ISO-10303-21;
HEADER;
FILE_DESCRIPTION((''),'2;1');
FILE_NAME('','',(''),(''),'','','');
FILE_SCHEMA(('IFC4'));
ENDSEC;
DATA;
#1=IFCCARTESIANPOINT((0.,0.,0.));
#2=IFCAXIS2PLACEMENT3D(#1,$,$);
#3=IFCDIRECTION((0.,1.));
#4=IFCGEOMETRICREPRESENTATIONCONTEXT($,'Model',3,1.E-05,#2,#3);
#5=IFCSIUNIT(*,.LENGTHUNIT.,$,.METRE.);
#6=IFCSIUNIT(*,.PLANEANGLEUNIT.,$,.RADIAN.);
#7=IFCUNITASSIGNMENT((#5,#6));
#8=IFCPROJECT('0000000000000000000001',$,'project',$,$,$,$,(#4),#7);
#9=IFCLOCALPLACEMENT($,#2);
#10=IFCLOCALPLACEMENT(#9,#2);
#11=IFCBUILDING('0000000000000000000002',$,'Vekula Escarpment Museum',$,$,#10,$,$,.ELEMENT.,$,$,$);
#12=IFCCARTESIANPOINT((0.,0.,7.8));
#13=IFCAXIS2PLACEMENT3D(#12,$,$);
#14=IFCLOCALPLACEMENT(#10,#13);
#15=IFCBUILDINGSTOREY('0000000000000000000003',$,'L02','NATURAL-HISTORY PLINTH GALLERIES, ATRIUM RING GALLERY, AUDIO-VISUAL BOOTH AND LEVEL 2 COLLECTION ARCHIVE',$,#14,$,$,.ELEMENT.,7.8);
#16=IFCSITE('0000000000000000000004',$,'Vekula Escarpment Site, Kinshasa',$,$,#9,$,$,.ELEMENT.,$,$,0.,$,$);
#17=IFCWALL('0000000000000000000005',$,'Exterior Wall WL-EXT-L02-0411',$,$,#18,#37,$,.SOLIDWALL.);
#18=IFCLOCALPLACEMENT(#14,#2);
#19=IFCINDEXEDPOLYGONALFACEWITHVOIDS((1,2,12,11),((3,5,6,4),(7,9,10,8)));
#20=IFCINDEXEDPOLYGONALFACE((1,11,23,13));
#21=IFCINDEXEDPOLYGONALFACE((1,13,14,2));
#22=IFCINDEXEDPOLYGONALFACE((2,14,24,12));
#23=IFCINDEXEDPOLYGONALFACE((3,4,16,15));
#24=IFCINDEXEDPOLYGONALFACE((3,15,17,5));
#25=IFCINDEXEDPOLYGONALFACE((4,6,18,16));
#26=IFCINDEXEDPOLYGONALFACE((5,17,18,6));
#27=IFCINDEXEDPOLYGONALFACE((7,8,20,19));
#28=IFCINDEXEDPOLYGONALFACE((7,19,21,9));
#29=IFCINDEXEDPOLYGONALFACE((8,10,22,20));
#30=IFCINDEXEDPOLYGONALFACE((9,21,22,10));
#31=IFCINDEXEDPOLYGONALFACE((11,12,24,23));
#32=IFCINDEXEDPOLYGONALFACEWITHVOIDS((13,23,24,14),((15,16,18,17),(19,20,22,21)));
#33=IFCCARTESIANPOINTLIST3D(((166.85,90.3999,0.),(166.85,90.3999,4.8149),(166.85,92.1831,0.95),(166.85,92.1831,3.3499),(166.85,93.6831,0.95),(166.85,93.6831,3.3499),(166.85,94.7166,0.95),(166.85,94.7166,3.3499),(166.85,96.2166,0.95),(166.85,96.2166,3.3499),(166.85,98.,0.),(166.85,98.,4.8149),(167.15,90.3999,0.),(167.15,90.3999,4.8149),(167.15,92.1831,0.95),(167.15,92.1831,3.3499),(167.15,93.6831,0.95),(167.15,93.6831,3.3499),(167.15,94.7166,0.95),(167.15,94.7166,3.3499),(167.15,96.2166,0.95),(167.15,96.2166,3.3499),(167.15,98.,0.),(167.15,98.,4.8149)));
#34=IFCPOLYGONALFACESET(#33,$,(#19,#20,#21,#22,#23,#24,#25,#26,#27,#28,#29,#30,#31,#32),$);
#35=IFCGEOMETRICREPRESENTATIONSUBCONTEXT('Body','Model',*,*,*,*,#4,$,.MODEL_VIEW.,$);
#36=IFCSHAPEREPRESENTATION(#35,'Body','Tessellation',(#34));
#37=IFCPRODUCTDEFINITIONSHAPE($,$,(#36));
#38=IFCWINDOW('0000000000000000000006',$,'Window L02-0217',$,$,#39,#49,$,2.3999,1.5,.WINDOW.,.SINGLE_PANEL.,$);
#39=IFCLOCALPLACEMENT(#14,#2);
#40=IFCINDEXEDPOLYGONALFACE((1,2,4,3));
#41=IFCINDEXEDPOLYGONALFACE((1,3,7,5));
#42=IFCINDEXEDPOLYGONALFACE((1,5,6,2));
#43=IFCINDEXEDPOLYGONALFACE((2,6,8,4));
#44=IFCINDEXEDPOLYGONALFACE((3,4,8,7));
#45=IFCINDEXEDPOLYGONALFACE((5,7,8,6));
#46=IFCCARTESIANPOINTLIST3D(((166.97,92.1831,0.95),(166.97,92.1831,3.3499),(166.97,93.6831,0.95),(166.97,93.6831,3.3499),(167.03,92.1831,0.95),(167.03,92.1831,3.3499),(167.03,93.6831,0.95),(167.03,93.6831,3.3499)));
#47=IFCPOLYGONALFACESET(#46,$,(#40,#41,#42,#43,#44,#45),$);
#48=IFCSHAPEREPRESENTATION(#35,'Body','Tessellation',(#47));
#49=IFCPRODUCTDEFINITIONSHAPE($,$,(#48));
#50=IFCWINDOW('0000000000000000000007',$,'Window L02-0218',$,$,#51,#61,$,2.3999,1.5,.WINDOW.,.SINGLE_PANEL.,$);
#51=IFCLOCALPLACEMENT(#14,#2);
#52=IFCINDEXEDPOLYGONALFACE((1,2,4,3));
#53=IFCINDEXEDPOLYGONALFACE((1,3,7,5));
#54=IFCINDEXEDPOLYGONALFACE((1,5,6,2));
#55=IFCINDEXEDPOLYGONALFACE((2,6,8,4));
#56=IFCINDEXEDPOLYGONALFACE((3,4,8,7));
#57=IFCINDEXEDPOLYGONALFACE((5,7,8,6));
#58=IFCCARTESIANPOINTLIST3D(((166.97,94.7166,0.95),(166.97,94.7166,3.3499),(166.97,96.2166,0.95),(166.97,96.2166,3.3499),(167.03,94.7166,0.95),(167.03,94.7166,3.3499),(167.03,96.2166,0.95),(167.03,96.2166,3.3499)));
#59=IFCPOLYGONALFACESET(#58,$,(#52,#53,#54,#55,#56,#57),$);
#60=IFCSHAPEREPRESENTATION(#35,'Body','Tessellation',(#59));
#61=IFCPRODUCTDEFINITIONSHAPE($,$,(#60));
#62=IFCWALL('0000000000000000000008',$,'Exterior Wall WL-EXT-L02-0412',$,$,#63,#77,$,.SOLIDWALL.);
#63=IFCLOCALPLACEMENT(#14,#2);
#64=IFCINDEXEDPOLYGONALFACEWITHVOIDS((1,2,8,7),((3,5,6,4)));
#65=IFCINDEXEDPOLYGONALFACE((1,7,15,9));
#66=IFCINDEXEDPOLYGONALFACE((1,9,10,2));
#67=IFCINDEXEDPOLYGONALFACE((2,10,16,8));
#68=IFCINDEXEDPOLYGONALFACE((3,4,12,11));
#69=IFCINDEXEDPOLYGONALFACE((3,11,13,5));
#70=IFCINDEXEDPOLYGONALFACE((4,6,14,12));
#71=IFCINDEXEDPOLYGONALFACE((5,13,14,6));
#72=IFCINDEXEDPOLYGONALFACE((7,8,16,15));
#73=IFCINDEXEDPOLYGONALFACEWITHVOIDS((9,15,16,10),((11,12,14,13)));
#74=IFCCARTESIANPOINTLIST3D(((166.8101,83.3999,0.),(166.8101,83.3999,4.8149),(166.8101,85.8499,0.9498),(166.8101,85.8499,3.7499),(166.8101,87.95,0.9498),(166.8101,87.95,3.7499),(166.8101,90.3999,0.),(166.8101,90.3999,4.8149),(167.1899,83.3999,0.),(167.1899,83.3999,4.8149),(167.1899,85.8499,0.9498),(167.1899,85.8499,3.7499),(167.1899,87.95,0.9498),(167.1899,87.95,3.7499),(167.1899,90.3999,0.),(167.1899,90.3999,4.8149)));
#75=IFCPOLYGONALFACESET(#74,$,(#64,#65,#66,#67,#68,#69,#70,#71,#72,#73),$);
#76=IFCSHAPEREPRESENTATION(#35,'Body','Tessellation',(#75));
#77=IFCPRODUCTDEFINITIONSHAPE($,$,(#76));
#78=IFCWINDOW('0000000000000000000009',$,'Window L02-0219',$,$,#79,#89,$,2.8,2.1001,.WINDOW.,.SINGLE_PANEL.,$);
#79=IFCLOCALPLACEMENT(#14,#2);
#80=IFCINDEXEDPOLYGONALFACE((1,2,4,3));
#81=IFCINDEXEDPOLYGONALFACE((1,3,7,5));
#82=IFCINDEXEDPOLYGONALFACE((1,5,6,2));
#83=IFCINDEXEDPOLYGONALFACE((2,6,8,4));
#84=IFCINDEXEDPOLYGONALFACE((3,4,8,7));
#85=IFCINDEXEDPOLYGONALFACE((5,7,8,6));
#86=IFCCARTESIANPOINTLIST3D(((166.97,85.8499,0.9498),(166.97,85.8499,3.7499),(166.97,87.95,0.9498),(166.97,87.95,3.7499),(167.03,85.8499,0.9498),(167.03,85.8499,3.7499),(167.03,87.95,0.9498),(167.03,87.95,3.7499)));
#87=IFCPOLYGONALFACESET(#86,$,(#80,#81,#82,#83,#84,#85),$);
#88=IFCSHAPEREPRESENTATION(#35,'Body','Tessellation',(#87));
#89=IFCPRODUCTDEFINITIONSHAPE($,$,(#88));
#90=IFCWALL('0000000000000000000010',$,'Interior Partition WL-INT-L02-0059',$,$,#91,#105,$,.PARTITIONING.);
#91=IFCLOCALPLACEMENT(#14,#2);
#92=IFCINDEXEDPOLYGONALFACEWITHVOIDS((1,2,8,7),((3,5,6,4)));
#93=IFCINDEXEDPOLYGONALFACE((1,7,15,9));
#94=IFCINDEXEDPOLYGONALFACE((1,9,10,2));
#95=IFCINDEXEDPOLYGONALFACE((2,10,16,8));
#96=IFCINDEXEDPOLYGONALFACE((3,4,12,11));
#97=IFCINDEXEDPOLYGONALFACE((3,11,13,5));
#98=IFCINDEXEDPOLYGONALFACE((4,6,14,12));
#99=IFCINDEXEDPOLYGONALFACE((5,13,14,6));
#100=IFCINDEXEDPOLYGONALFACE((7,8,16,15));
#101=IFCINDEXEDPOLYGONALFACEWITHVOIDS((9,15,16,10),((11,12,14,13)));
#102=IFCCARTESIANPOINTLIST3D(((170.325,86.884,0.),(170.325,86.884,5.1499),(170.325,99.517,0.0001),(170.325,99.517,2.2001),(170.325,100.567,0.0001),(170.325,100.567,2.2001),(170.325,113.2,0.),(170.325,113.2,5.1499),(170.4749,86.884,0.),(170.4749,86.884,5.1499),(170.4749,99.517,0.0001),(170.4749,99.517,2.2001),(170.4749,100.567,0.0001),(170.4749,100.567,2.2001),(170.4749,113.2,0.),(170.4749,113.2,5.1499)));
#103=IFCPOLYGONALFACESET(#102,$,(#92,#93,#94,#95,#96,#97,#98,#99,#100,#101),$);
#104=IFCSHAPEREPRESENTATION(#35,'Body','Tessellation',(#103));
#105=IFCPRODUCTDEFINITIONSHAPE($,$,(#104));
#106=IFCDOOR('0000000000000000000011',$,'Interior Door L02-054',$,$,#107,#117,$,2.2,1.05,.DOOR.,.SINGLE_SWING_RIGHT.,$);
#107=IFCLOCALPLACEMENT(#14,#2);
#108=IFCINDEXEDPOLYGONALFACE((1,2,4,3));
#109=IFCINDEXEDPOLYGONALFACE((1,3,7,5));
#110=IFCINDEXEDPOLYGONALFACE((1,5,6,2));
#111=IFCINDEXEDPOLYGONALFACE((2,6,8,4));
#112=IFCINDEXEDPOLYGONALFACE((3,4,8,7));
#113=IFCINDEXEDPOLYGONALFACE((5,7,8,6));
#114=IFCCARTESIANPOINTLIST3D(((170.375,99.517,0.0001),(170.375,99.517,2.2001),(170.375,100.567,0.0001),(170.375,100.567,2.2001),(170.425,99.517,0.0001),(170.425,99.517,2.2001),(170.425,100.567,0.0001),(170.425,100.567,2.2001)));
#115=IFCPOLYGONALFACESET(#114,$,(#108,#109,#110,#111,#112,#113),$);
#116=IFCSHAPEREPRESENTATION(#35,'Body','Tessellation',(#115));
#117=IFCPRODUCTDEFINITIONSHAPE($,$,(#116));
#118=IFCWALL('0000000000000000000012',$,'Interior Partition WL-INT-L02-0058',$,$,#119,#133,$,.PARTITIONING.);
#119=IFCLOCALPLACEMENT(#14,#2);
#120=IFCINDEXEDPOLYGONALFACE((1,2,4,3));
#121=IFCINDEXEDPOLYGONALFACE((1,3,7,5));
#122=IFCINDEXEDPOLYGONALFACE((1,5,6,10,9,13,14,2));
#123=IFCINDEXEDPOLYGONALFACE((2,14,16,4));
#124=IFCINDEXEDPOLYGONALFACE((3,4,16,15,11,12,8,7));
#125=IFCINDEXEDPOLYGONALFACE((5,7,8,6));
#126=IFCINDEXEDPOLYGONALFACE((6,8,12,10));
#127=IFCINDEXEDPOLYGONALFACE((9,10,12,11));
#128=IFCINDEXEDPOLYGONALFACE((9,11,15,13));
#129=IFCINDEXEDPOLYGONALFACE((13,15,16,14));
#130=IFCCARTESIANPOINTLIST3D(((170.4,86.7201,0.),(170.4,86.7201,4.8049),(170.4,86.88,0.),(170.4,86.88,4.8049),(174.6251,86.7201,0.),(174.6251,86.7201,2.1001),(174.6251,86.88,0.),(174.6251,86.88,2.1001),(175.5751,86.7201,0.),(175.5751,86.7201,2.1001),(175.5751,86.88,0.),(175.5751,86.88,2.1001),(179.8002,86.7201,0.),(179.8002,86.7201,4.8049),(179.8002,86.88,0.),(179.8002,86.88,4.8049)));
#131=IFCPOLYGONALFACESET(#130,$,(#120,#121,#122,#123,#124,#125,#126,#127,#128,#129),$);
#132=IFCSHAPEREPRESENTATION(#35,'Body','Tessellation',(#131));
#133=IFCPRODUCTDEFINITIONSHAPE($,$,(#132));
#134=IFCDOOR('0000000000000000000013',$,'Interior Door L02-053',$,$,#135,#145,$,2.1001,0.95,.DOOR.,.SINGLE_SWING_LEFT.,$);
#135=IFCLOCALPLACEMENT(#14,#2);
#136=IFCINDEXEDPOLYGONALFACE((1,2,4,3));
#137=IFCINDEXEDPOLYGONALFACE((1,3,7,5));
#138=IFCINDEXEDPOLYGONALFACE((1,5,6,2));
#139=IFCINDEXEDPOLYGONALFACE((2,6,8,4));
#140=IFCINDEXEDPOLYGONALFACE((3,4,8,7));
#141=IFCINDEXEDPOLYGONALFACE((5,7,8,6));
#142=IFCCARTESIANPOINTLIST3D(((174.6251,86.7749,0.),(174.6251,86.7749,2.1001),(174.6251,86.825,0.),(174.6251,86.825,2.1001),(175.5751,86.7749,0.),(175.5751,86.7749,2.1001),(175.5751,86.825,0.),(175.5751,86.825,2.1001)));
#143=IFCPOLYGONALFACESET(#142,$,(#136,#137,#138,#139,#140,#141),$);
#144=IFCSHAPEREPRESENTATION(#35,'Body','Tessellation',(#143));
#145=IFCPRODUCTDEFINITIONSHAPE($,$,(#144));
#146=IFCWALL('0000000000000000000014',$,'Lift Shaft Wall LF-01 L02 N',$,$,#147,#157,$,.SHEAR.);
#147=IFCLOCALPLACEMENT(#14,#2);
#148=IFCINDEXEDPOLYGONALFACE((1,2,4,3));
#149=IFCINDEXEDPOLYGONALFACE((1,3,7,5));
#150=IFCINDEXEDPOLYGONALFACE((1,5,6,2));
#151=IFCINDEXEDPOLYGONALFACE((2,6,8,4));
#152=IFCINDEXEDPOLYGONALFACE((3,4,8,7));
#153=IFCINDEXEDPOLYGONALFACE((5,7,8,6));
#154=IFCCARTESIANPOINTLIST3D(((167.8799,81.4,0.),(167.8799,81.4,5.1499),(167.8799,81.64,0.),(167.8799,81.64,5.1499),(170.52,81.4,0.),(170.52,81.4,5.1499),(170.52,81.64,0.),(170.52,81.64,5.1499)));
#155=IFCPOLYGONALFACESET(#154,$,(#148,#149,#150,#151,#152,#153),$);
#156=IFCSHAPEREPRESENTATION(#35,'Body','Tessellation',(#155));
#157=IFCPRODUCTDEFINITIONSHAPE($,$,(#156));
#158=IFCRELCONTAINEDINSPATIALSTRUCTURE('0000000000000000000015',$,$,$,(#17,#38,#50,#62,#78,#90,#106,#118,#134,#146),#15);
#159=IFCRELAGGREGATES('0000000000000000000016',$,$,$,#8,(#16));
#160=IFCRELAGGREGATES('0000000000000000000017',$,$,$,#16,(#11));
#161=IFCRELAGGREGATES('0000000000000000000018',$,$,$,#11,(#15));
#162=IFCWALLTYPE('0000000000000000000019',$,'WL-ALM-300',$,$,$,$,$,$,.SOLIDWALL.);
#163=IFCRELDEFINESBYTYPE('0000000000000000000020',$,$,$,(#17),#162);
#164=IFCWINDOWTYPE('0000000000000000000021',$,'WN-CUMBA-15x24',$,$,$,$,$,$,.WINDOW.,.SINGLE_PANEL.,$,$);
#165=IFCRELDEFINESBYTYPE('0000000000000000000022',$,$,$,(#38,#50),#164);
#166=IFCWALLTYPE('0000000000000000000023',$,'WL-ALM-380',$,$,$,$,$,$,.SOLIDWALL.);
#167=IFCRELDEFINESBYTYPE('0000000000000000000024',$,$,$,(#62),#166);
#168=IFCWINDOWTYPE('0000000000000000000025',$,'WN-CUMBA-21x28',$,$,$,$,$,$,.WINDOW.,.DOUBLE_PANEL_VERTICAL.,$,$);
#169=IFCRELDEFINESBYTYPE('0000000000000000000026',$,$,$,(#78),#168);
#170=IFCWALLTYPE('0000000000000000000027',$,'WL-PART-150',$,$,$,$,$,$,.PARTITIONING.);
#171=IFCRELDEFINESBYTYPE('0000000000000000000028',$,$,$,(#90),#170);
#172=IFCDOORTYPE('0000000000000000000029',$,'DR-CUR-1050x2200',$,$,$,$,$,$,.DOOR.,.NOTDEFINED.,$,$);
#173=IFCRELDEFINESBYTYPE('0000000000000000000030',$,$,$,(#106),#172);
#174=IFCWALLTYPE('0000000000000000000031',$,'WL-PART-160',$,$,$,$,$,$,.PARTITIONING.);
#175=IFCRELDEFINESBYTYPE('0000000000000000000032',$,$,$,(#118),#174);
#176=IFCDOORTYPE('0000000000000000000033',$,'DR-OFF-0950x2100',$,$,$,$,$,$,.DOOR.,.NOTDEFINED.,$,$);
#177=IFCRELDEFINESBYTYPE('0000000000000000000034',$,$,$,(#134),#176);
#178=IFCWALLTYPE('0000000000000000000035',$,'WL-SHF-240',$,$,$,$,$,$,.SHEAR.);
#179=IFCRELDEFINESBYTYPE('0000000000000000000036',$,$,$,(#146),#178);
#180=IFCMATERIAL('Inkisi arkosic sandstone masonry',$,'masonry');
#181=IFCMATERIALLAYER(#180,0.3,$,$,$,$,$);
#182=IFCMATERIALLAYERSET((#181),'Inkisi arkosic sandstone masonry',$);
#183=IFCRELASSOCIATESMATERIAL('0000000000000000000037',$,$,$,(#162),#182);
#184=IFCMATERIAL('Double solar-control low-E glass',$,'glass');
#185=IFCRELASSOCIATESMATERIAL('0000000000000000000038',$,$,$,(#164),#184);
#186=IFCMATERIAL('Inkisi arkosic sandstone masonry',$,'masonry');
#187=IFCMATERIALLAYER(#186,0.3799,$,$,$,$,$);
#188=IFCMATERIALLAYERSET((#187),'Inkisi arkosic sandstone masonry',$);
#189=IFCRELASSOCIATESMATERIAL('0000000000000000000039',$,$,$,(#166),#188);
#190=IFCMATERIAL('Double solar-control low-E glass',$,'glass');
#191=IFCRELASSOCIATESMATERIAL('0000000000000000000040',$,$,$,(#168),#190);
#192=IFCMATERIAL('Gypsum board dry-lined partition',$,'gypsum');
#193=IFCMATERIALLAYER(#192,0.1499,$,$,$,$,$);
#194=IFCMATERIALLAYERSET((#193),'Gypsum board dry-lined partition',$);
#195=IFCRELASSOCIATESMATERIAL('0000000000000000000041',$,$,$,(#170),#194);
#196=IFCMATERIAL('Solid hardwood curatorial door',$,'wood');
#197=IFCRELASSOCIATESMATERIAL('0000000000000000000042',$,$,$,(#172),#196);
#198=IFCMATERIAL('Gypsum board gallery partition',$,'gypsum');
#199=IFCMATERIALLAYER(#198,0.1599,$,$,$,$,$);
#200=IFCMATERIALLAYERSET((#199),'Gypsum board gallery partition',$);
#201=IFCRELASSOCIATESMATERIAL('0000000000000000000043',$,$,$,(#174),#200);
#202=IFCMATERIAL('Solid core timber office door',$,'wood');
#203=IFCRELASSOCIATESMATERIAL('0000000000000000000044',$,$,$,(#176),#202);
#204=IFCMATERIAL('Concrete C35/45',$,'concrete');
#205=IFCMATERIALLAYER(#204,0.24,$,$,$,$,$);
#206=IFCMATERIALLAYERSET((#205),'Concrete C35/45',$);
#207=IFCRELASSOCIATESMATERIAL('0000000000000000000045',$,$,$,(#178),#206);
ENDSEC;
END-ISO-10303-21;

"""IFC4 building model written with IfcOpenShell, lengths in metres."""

from ifc_helpers import new_model, si_unit, direction, frame, frame_2d, origin, place, context, subcontext, project, spatial, rectangle, extrude, material, layer, layer_set, type_object, element, fill, save


model = new_model("IFC4")

# Units and contexts
model_context = context("Model", 3, precision=1e-05, world=origin(), true_north=direction((0.0, 1.0)))
body_context = subcontext(model_context, "Body", "Model", "MODEL_VIEW")
ifc_project = project(units=[si_unit("LENGTHUNIT", "METRE"), si_unit("PLANEANGLEUNIT", "RADIAN")], contexts=[model_context])

# Site, building, storey
site_placement = place(None, origin())
site = spatial("IfcSite", under=ifc_project, at=site_placement, Name="Vekula Escarpment Site, Kinshasa", CompositionType="ELEMENT", RefElevation=0.0)
building_placement = place(site_placement, origin())
building = spatial("IfcBuilding", under=site, at=building_placement, Name="Vekula Escarpment Museum", CompositionType="ELEMENT")
storey_placement = place(building_placement, frame((0.0, 0.0, 7.8)))
storey = spatial("IfcBuildingStorey", under=building, at=storey_placement, Name="L02", Description="NATURAL-HISTORY PLINTH GALLERIES, ATRIUM RING GALLERY, AUDIO-VISUAL BOOTH AND LEVEL 2 COLLECTION ARCHIVE", CompositionType="ELEMENT", Elevation=7.8)

# Wall, openings, windows
ifc_material_1 = material(Name="Inkisi arkosic sandstone masonry", Category="masonry")
ifc_layer_1 = layer(ifc_material_1, 0.3)
ifc_layer_set_1 = layer_set([ifc_layer_1], Name="Inkisi arkosic sandstone masonry")
wall_type_1 = type_object("IfcWallType", Name="WL-ALM-300", PredefinedType="SOLIDWALL", material=ifc_layer_set_1)
wall_1_placement = place(storey_placement, frame((167.0, 90.3999, 0.0), z_axis=(0.0, 0.0, 1.0), x_axis=(0.0, 1.0, 0.0)))
wall_1 = element("IfcWall", 1, at=wall_1_placement, inside=storey, type_object=wall_type_1, Name="Exterior Wall WL-EXT-L02-0411", PredefinedType="SOLIDWALL", context=body_context, shape_type="SweptSolid", body=[
    extrude(rectangle(XDim=7.6001, YDim=0.3, at=frame_2d((3.8, 0.0))), origin(), (0.0, 0.0, 1.0), 4.8149),
])
opening_1_placement = place(wall_1_placement, frame((1.7832, 0.0, 0.95)))
opening_1 = element("IfcOpeningElement", 2, at=opening_1_placement, cuts=wall_1, PredefinedType="OPENING", context=body_context, shape_type="SweptSolid", body=[
    extrude(rectangle(XDim=1.5, YDim=2.3999, at=frame_2d((0.75, 1.2))), frame((0.0, 0.1599, 0.0), z_axis=(0.0, -1.0, 0.0), x_axis=(1.0, 0.0, 0.0)), (0.0, 0.0, 1.0), 0.3201),
])
opening_2_placement = place(wall_1_placement, frame((4.3167, 0.0, 0.95)))
opening_2 = element("IfcOpeningElement", 3, at=opening_2_placement, cuts=wall_1, PredefinedType="OPENING", context=body_context, shape_type="SweptSolid", body=[
    extrude(rectangle(XDim=1.5, YDim=2.3999, at=frame_2d((0.75, 1.2))), frame((0.0, 0.1599, 0.0), z_axis=(0.0, -1.0, 0.0), x_axis=(1.0, 0.0, 0.0)), (0.0, 0.0, 1.0), 0.3201),
])
ifc_material_2 = material(Name="Double solar-control low-E glass", Category="glass")
window_type_1 = type_object("IfcWindowType", Name="WN-CUMBA-15x24", PartitioningType="SINGLE_PANEL", PredefinedType="WINDOW", material=ifc_material_2)
window_1_placement = place(opening_1_placement, origin())
window_1 = element("IfcWindow", 4, at=window_1_placement, inside=storey, type_object=window_type_1, Name="Window L02-0217", OverallHeight=2.3999, OverallWidth=1.5, PartitioningType="SINGLE_PANEL", PredefinedType="WINDOW", context=body_context, shape_type="SweptSolid", body=[
    extrude(rectangle(XDim=1.5, YDim=2.3999, at=frame_2d((0.75, 1.2))), frame((0.0, 0.03, 0.0), z_axis=(0.0, -1.0, 0.0), x_axis=(1.0, 0.0, 0.0)), (0.0, 0.0, 1.0), 0.0601),
])
fill(opening_1, window_1)
window_2_placement = place(opening_2_placement, origin())
window_2 = element("IfcWindow", 5, at=window_2_placement, inside=storey, type_object=window_type_1, Name="Window L02-0218", OverallHeight=2.3999, OverallWidth=1.5, PartitioningType="SINGLE_PANEL", PredefinedType="WINDOW", context=body_context, shape_type="SweptSolid", body=[
    extrude(rectangle(XDim=1.5, YDim=2.3999, at=frame_2d((0.75, 1.2))), frame((0.0, 0.03, 0.0), z_axis=(0.0, -1.0, 0.0), x_axis=(1.0, 0.0, 0.0)), (0.0, 0.0, 1.0), 0.0601),
])
fill(opening_2, window_2)

# Wall, opening, window
ifc_material_3 = material(Name="Inkisi arkosic sandstone masonry", Category="masonry")
ifc_layer_2 = layer(ifc_material_3, 0.3799)
ifc_layer_set_2 = layer_set([ifc_layer_2], Name="Inkisi arkosic sandstone masonry")
wall_type_2 = type_object("IfcWallType", Name="WL-ALM-380", PredefinedType="SOLIDWALL", material=ifc_layer_set_2)
wall_2_placement = place(storey_placement, frame((167.0, 83.3999, 0.0), z_axis=(0.0, 0.0, 1.0), x_axis=(0.0, 1.0, 0.0)))
wall_2 = element("IfcWall", 6, at=wall_2_placement, inside=storey, type_object=wall_type_2, Name="Exterior Wall WL-EXT-L02-0412", PredefinedType="SOLIDWALL", context=body_context, shape_type="SweptSolid", body=[
    extrude(rectangle(XDim=7.0, YDim=0.3799, at=frame_2d((3.5, 0.0))), origin(), (0.0, 0.0, 1.0), 4.8149),
])
opening_3_placement = place(wall_2_placement, frame((2.45, 0.0, 0.95)))
opening_3 = element("IfcOpeningElement", 7, at=opening_3_placement, cuts=wall_2, PredefinedType="OPENING", context=body_context, shape_type="SweptSolid", body=[
    extrude(rectangle(XDim=2.1001, YDim=2.8, at=frame_2d((1.05, 1.3999))), frame((0.0, 0.2, 0.0), z_axis=(0.0, -1.0, 0.0), x_axis=(1.0, 0.0, 0.0)), (0.0, 0.0, 1.0), 0.3999),
])
ifc_material_4 = material(Name="Double solar-control low-E glass", Category="glass")
window_type_2 = type_object("IfcWindowType", Name="WN-CUMBA-21x28", PartitioningType="DOUBLE_PANEL_VERTICAL", PredefinedType="WINDOW", material=ifc_material_4)
window_3_placement = place(opening_3_placement, origin())
window_3 = element("IfcWindow", 8, at=window_3_placement, inside=storey, type_object=window_type_2, Name="Window L02-0219", OverallHeight=2.8, OverallWidth=2.1001, PartitioningType="SINGLE_PANEL", PredefinedType="WINDOW", context=body_context, shape_type="SweptSolid", body=[
    extrude(rectangle(XDim=2.1001, YDim=2.8, at=frame_2d((1.05, 1.3999))), frame((0.0, 0.03, 0.0), z_axis=(0.0, -1.0, 0.0), x_axis=(1.0, 0.0, 0.0)), (0.0, 0.0, 1.0), 0.0601),
])
fill(opening_3, window_3)

# Walls, openings, doors
ifc_material_5 = material(Name="Gypsum board dry-lined partition", Category="gypsum")
ifc_layer_3 = layer(ifc_material_5, 0.1499)
ifc_layer_set_3 = layer_set([ifc_layer_3], Name="Gypsum board dry-lined partition")
wall_type_3 = type_object("IfcWallType", Name="WL-PART-150", PredefinedType="PARTITIONING", material=ifc_layer_set_3)
wall_3_placement = place(storey_placement, frame((170.3999, 86.884, 0.0), z_axis=(0.0, 0.0, 1.0), x_axis=(0.0, 1.0, 0.0)))
wall_3 = element("IfcWall", 9, at=wall_3_placement, inside=storey, type_object=wall_type_3, Name="Interior Partition WL-INT-L02-0059", PredefinedType="PARTITIONING", context=body_context, shape_type="SweptSolid", body=[
    extrude(rectangle(XDim=26.3159, YDim=0.1499, at=frame_2d((13.158, 0.0))), origin(), (0.0, 0.0, 1.0), 5.1499),
])
opening_4_placement = place(wall_3_placement, frame((12.6331, 0.0, 0.0)))
opening_4 = element("IfcOpeningElement", 10, at=opening_4_placement, cuts=wall_3, PredefinedType="OPENING", context=body_context, shape_type="SweptSolid", body=[
    extrude(rectangle(XDim=1.05, YDim=2.2, at=frame_2d((0.5249, 1.1001))), frame((0.0, 0.085, 0.0), z_axis=(0.0, -1.0, 0.0), x_axis=(1.0, 0.0, 0.0)), (0.0, 0.0, 1.0), 0.1699),
])
ifc_material_6 = material(Name="Solid hardwood curatorial door", Category="wood")
door_type_1 = type_object("IfcDoorType", Name="DR-CUR-1050x2200", OperationType="NOTDEFINED", PredefinedType="DOOR", material=ifc_material_6)
door_1_placement = place(opening_4_placement, origin())
door_1 = element("IfcDoor", 11, at=door_1_placement, inside=storey, type_object=door_type_1, Name="Interior Door L02-054", OperationType="SINGLE_SWING_RIGHT", OverallHeight=2.2, OverallWidth=1.05, PredefinedType="DOOR", context=body_context, shape_type="SweptSolid", body=[
    extrude(rectangle(XDim=1.05, YDim=2.2, at=frame_2d((0.5249, 1.1001))), frame((0.0, 0.0249, 0.0), z_axis=(0.0, -1.0, 0.0), x_axis=(1.0, 0.0, 0.0)), (0.0, 0.0, 1.0), 0.05),
])
fill(opening_4, door_1)
ifc_material_7 = material(Name="Gypsum board gallery partition", Category="gypsum")
ifc_layer_4 = layer(ifc_material_7, 0.1599)
ifc_layer_set_4 = layer_set([ifc_layer_4], Name="Gypsum board gallery partition")
wall_type_4 = type_object("IfcWallType", Name="WL-PART-160", PredefinedType="PARTITIONING", material=ifc_layer_set_4)
wall_4_placement = place(storey_placement, frame((170.3999, 86.8, 0.0), z_axis=(0.0, 0.0, 1.0), x_axis=(1.0, 0.0, 0.0)))
wall_4 = element("IfcWall", 12, at=wall_4_placement, inside=storey, type_object=wall_type_4, Name="Interior Partition WL-INT-L02-0058", PredefinedType="PARTITIONING", context=body_context, shape_type="SweptSolid", body=[
    extrude(rectangle(XDim=9.4001, YDim=0.1599, at=frame_2d((4.7002, 0.0))), origin(), (0.0, 0.0, 1.0), 4.8049),
])
opening_5_placement = place(wall_4_placement, frame((4.2251, 0.0, 0.0)))
opening_5 = element("IfcOpeningElement", 13, at=opening_5_placement, cuts=wall_4, PredefinedType="OPENING", context=body_context, shape_type="SweptSolid", body=[
    extrude(rectangle(XDim=0.95, YDim=2.1001, at=frame_2d((0.4751, 1.05))), frame((0.0, 0.0898, 0.0), z_axis=(0.0, -1.0, 0.0), x_axis=(1.0, 0.0, 0.0)), (0.0, 0.0, 1.0), 0.1799),
])
ifc_material_8 = material(Name="Solid core timber office door", Category="wood")
door_type_2 = type_object("IfcDoorType", Name="DR-OFF-0950x2100", OperationType="NOTDEFINED", PredefinedType="DOOR", material=ifc_material_8)
door_2_placement = place(opening_5_placement, origin())
door_2 = element("IfcDoor", 14, at=door_2_placement, inside=storey, type_object=door_type_2, Name="Interior Door L02-053", OperationType="SINGLE_SWING_LEFT", OverallHeight=2.1001, OverallWidth=0.95, PredefinedType="DOOR", context=body_context, shape_type="SweptSolid", body=[
    extrude(rectangle(XDim=0.95, YDim=2.1001, at=frame_2d((0.4751, 1.05))), frame((0.0, 0.0249, 0.0), z_axis=(0.0, -1.0, 0.0), x_axis=(1.0, 0.0, 0.0)), (0.0, 0.0, 1.0), 0.05),
])
fill(opening_5, door_2)

# Wall
ifc_material_9 = material(Name="Concrete C35/45", Category="concrete")
ifc_layer_5 = layer(ifc_material_9, 0.24)
ifc_layer_set_5 = layer_set([ifc_layer_5], Name="Concrete C35/45")
wall_type_5 = type_object("IfcWallType", Name="WL-SHF-240", PredefinedType="SHEAR", material=ifc_layer_set_5)
for number, where, z_axis, x_axis, name in (
    (15, (167.8799, 81.52, 0.0), (0.0, 0.0, 1.0), (1.0, 0.0, 0.0), "Lift Shaft Wall LF-01 L02 N"),
):
    element("IfcWall", number, at=place(storey_placement, frame(where, z_axis=z_axis, x_axis=x_axis)), inside=storey, type_object=wall_type_5, Name=name, PredefinedType="SHEAR", context=body_context, shape_type="SweptSolid", body=[
        extrude(rectangle(XDim=2.6401, YDim=0.24, at=frame_2d((1.3201, 0.0))), origin(), (0.0, 0.0, 1.0), 5.1499),
    ])

save(model, "model.ifc")
